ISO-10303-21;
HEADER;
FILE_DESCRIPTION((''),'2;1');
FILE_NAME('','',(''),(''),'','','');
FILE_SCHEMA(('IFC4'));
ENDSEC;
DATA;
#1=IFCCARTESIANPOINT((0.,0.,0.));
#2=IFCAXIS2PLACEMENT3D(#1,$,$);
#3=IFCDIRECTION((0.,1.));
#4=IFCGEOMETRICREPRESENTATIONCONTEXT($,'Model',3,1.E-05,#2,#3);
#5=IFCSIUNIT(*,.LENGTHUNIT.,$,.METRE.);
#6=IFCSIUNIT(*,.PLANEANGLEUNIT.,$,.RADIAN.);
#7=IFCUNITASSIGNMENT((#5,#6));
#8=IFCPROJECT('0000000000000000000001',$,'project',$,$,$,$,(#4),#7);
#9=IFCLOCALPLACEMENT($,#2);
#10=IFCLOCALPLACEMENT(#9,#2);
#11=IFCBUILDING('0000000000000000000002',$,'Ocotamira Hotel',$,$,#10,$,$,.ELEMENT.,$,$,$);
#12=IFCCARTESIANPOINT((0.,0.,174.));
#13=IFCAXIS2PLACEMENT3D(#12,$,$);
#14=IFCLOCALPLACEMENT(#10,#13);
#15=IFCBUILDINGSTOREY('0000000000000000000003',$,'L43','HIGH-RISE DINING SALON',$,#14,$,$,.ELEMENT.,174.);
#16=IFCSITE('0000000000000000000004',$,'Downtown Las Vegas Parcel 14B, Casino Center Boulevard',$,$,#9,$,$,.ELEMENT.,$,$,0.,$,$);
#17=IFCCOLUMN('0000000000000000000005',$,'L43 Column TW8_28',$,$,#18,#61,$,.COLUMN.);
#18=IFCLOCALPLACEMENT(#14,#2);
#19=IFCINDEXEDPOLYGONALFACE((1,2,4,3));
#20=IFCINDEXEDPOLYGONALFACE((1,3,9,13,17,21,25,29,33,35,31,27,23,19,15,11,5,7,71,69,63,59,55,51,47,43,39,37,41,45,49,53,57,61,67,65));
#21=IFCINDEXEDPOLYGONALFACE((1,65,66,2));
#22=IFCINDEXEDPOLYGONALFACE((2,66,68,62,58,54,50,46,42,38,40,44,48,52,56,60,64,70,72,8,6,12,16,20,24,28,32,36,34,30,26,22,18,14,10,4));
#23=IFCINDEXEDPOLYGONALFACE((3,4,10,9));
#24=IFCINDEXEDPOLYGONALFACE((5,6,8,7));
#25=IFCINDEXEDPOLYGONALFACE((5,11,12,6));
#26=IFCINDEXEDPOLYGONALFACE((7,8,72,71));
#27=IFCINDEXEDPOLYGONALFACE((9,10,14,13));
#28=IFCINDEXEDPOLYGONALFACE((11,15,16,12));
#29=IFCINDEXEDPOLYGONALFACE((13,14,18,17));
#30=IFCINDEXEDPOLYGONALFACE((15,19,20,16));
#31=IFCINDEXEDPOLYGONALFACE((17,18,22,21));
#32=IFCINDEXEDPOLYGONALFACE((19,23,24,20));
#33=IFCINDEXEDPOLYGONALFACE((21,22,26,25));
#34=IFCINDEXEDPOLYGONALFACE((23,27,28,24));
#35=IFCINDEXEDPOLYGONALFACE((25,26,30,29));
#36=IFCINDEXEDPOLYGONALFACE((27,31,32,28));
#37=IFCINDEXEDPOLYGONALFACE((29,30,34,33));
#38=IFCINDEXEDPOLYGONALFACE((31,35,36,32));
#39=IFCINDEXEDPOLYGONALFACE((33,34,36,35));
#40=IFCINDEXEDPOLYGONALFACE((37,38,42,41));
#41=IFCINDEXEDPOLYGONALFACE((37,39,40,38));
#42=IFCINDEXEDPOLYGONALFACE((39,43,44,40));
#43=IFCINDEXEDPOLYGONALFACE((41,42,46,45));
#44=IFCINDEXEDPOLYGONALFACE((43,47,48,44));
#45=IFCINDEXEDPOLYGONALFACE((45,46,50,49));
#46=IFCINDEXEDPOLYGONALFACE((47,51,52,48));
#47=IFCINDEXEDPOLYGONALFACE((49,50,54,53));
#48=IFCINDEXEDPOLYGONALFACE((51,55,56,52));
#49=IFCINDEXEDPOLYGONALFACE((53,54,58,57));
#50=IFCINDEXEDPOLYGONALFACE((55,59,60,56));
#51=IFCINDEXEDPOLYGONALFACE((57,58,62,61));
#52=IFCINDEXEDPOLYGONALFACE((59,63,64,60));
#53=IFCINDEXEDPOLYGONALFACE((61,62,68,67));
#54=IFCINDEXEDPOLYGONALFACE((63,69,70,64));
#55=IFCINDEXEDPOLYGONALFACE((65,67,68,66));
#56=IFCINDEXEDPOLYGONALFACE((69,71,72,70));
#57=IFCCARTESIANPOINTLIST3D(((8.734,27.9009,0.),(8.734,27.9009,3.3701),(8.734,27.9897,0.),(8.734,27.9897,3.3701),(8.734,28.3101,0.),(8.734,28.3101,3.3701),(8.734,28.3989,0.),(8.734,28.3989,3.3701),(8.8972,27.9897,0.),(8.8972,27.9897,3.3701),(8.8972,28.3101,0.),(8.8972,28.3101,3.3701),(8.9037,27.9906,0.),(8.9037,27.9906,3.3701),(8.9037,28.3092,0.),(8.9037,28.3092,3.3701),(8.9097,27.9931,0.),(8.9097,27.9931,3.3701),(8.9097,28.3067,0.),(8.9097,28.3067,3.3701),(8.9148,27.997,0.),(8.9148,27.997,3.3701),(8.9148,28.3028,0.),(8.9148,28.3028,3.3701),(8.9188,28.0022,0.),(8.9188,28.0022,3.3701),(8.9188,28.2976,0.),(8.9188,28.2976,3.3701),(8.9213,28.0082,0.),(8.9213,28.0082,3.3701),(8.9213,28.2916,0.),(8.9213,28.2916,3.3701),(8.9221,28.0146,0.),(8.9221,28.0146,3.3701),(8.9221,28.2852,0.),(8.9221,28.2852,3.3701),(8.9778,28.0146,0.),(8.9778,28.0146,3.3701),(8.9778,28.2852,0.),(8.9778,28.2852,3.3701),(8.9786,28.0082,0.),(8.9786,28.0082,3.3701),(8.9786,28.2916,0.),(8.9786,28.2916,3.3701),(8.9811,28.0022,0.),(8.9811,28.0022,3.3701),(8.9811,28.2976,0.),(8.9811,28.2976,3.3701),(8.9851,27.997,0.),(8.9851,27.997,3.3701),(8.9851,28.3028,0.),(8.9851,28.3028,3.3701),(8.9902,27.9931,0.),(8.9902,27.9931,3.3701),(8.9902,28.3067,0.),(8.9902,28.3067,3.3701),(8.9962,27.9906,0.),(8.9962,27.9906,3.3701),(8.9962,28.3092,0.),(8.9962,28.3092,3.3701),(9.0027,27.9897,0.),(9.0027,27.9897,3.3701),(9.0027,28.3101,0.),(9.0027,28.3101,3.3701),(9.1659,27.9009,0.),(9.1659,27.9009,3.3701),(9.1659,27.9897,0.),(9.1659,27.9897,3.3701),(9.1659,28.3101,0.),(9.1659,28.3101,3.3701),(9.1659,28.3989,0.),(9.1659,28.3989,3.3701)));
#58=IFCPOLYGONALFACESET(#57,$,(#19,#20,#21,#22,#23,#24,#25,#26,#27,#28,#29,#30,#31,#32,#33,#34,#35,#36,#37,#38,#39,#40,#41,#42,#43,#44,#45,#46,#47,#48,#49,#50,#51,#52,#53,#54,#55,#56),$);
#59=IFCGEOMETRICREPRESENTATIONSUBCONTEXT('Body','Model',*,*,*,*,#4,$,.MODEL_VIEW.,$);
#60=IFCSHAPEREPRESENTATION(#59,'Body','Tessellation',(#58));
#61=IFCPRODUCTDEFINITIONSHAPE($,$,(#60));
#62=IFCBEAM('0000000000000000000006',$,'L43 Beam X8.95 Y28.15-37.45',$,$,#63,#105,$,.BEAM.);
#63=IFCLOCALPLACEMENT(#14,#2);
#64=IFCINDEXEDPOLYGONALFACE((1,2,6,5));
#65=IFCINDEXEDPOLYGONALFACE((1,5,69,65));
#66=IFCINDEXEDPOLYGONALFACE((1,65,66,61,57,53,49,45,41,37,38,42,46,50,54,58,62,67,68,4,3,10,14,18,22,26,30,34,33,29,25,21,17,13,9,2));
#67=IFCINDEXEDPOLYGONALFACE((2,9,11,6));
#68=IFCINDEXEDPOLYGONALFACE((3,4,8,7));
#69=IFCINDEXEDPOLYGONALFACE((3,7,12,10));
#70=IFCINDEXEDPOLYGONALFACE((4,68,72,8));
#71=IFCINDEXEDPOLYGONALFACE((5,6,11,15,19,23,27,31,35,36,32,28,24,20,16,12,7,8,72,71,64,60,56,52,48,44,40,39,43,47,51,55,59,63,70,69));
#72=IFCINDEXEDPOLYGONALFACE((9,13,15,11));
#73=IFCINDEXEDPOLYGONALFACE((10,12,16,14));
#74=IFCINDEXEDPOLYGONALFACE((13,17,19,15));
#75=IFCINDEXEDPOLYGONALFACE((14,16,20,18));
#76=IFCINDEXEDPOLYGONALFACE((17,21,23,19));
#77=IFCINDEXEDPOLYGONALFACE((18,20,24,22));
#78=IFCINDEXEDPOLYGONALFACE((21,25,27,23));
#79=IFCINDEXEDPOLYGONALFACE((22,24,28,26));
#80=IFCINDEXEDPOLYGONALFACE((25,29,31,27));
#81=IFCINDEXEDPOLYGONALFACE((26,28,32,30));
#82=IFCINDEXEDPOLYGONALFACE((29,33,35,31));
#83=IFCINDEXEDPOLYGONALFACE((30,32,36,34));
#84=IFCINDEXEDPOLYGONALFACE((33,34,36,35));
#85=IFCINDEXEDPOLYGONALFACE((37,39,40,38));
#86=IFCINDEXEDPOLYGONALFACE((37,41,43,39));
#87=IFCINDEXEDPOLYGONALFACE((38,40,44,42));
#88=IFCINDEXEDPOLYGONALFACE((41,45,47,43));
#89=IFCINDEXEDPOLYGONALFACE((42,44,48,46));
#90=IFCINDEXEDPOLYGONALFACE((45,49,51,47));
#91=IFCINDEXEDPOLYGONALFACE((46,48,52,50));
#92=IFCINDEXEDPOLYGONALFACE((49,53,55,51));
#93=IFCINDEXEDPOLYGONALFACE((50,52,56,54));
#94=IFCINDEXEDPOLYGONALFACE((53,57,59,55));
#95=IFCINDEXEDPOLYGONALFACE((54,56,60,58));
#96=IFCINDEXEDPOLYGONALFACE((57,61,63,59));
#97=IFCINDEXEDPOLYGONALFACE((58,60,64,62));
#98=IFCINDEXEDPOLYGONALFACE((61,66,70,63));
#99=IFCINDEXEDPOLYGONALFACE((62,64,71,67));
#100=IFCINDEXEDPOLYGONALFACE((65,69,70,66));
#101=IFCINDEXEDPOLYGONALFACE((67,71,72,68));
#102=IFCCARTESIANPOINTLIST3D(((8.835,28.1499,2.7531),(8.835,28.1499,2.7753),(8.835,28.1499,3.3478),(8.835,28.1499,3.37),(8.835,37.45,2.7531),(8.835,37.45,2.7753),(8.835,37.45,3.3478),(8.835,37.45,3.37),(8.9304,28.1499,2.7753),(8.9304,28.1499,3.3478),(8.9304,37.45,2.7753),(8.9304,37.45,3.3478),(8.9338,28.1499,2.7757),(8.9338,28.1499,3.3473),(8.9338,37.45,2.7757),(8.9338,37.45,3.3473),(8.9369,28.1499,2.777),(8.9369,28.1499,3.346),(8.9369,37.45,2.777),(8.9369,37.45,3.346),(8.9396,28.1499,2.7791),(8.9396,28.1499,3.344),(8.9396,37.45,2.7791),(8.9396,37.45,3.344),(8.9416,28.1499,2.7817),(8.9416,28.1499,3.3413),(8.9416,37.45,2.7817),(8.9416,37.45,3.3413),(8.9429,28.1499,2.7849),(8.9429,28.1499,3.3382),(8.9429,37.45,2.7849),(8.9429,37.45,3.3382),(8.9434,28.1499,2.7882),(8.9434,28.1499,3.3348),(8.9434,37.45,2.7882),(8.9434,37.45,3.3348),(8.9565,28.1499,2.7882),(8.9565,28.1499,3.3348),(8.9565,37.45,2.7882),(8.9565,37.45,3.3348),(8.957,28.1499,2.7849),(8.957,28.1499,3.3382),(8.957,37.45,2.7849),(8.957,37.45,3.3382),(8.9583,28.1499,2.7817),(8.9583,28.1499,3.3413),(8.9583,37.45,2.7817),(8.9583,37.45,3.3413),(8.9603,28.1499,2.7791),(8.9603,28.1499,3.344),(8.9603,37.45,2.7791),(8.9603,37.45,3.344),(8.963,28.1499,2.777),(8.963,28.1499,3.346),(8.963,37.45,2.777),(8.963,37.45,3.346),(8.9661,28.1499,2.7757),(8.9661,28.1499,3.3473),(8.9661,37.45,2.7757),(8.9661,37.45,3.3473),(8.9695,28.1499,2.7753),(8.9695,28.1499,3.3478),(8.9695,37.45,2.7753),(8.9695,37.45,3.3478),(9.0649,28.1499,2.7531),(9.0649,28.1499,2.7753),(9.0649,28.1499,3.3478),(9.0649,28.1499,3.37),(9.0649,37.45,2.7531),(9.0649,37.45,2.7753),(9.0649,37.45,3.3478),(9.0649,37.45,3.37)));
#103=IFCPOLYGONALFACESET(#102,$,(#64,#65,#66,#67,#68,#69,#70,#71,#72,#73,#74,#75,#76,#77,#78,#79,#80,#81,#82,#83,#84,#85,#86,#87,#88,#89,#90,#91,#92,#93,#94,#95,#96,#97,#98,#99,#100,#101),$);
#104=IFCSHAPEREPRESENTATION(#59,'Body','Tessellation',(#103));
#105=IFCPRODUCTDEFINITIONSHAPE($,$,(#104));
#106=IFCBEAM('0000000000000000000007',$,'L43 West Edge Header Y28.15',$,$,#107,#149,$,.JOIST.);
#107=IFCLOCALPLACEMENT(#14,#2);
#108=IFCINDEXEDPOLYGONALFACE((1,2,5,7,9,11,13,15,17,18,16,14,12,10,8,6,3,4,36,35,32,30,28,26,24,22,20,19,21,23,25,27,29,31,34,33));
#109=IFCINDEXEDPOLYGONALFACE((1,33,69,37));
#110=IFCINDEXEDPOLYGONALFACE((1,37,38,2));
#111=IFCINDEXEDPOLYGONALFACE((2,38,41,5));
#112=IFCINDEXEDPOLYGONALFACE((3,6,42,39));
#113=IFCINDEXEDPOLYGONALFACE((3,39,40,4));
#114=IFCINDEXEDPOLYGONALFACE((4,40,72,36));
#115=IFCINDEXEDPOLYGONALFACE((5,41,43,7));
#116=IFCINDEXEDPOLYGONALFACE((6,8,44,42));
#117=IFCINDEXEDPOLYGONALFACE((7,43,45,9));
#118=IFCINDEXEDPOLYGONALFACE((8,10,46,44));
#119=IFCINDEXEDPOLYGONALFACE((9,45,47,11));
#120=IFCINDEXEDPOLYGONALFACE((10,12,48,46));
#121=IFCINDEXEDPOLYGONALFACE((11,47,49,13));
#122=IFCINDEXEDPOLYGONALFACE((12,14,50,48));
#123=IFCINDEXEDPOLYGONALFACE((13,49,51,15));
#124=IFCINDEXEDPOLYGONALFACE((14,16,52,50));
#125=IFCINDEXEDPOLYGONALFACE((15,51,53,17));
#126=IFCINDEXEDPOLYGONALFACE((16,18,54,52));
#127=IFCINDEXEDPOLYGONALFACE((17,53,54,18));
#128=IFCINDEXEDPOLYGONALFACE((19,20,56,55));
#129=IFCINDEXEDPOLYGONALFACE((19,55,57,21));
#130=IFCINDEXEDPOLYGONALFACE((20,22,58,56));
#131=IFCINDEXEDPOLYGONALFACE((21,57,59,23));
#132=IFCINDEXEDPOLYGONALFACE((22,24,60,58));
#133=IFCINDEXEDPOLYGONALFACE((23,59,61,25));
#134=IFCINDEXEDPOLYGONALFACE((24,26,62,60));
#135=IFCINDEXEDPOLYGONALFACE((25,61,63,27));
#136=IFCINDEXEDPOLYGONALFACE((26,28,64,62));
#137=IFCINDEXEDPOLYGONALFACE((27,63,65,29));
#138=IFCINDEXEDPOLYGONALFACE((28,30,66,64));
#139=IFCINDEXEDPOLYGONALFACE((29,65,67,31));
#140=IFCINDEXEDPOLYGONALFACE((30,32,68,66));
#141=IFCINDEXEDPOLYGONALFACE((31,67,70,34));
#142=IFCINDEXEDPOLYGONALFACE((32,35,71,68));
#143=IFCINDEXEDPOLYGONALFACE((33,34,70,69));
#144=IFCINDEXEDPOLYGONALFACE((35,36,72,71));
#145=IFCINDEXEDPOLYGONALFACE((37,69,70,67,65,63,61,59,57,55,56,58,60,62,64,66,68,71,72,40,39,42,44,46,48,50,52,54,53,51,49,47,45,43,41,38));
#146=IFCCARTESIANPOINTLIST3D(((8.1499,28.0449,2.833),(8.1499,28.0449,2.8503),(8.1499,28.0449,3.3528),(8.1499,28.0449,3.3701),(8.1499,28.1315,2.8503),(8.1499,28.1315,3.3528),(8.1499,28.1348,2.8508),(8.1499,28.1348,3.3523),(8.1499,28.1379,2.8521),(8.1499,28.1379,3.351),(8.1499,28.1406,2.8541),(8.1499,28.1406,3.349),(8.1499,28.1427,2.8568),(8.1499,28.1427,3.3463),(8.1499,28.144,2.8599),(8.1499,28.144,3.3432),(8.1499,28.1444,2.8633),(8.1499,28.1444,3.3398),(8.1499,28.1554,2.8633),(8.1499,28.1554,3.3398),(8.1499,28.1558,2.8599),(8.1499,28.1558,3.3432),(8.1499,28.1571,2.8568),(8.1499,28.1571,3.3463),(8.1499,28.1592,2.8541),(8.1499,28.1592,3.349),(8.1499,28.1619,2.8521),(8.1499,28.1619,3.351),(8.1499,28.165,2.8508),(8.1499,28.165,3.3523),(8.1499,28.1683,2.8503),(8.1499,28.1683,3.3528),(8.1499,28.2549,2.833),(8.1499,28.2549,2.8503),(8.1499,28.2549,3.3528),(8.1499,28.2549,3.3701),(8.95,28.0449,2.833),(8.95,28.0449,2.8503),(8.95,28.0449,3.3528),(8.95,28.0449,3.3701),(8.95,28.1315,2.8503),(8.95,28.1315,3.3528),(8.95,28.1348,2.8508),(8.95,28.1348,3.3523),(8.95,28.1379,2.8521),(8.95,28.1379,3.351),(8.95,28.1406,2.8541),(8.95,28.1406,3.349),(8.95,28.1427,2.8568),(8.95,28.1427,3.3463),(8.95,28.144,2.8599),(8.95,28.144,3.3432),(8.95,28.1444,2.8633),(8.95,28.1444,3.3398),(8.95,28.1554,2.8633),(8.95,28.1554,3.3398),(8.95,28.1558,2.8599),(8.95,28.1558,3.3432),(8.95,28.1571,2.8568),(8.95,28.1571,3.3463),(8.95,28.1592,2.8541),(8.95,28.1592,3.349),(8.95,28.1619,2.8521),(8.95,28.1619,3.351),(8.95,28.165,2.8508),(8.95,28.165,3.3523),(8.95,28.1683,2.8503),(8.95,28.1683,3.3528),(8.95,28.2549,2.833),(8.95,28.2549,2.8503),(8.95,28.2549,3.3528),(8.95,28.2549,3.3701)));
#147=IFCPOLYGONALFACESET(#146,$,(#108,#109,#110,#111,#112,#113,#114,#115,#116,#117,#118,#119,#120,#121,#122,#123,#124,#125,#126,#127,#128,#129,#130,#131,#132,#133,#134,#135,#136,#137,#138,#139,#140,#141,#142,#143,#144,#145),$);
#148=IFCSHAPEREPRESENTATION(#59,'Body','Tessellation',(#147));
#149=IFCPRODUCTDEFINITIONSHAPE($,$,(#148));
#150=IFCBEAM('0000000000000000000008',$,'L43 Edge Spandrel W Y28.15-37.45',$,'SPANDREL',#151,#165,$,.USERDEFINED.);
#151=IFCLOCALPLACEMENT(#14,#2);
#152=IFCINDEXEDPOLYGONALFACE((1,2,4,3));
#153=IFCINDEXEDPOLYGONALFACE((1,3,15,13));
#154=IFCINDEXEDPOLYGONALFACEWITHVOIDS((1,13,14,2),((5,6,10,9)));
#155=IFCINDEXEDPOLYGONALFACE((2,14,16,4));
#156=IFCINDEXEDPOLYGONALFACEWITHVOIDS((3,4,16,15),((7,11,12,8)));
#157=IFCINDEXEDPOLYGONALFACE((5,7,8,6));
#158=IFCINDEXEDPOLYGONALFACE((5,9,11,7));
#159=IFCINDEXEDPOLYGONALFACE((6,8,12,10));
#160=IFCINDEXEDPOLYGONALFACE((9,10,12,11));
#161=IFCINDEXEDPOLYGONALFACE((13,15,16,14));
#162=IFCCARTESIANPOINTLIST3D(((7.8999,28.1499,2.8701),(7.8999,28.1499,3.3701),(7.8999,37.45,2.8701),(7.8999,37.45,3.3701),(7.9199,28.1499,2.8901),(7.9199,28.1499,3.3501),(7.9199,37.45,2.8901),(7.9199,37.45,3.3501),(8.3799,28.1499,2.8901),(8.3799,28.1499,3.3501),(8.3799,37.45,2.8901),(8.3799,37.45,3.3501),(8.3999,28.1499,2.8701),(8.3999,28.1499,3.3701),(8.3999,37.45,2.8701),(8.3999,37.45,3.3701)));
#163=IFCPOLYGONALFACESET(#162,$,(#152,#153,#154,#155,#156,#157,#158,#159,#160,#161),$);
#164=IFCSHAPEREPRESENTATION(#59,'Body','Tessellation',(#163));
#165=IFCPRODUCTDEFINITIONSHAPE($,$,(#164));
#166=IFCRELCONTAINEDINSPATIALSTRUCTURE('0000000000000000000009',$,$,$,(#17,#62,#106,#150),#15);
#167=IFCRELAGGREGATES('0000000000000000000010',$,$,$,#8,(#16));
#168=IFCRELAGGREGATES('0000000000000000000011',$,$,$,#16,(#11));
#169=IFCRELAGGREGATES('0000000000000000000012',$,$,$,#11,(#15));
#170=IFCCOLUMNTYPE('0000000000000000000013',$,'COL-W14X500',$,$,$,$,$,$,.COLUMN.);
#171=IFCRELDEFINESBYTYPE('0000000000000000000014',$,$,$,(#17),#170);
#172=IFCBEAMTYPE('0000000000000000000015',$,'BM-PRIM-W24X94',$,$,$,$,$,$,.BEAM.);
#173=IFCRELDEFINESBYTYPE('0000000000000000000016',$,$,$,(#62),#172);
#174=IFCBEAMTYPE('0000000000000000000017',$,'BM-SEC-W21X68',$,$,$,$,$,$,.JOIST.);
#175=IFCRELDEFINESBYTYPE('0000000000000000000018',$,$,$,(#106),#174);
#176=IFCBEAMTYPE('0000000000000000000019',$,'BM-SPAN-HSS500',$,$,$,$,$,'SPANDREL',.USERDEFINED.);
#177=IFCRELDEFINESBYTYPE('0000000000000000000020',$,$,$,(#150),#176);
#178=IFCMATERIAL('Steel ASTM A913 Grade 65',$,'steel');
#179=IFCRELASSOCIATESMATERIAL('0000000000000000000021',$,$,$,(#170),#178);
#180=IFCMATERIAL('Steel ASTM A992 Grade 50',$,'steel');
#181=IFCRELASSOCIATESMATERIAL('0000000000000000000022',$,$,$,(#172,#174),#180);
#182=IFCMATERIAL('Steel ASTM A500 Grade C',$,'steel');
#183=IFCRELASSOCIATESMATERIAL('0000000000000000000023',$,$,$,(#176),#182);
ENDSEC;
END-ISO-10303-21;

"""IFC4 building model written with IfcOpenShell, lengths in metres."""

from ifc_helpers import new_model, si_unit, direction, frame, origin, origin_2d, place, context, subcontext, project, spatial, hollow_rectangle, i_section, extrude, source, transform, mapped, material, material_profile, profile_set, type_object, element, save


model = new_model("IFC4")

# Units and contexts
model_context = context("Model", 3, precision=1e-05, world=origin(), true_north=direction((0.0, 1.0)))
body_context = subcontext(model_context, "Body", "Model", "MODEL_VIEW")
ifc_project = project(units=[si_unit("LENGTHUNIT", "METRE"), si_unit("PLANEANGLEUNIT", "RADIAN")], contexts=[model_context])

# Site, building, storey
site_placement = place(None, origin())
site = spatial("IfcSite", under=ifc_project, at=site_placement, Name="Downtown Las Vegas Parcel 14B, Casino Center Boulevard", CompositionType="ELEMENT", RefElevation=0.0)
building_placement = place(site_placement, origin())
building = spatial("IfcBuilding", under=site, at=building_placement, Name="Ocotamira Hotel", CompositionType="ELEMENT")
storey_placement = place(building_placement, frame((0.0, 0.0, 174.0)))
storey = spatial("IfcBuildingStorey", under=building, at=storey_placement, Name="L43", Description="HIGH-RISE DINING SALON", CompositionType="ELEMENT", Elevation=174.0)

# Column
ifc_material_1 = material(Name="Steel ASTM A913 Grade 65", Category="steel")
ifc_material_profile_1 = material_profile(ifc_material_1, i_section(OverallWidth=0.4319, OverallDepth=0.498, WebThickness=0.0557, FlangeThickness=0.0889, FilletRadius=0.0249, at=origin_2d()), Name="W14X500")
ifc_profile_set_1 = profile_set([ifc_material_profile_1], Name="Steel ASTM A913 Grade 65")
column_type = type_object("IfcColumnType", Name="COL-W14X500", PredefinedType="COLUMN", material=ifc_profile_set_1)
shared_shape_1 = source(origin(), body_context, "Body", "SweptSolid", [
    extrude(i_section(OverallWidth=0.4319, OverallDepth=0.498, WebThickness=0.0557, FlangeThickness=0.0889, FilletRadius=0.0249, at=origin_2d()), origin(), (0.0, 0.0, 1.0), 3.3701),
])
column_placement = place(storey_placement, frame((8.95, 28.1499, 0.0), z_axis=(0.0, 0.0, 1.0), x_axis=(1.0, 0.0, 0.0)))
element("IfcColumn", 1, at=column_placement, inside=storey, type_object=column_type, Name="L43 Column TW8_28", PredefinedType="COLUMN", context=body_context, shape_type="MappedRepresentation", body=[
    mapped(shared_shape_1, transform((0.0, 0.0, 0.0), scale=1.0)),
])

# Beams
ifc_material_2 = material(Name="Steel ASTM A992 Grade 50", Category="steel")
ifc_material_profile_2 = material_profile(ifc_material_2, i_section(OverallWidth=0.23, OverallDepth=0.6169, WebThickness=0.0132, FlangeThickness=0.0222, FilletRadius=0.0129, at=origin_2d()), Name="W24X94")
ifc_profile_set_2 = profile_set([ifc_material_profile_2], Name="Steel ASTM A992 Grade 50")
beam_type_1 = type_object("IfcBeamType", Name="BM-PRIM-W24X94", PredefinedType="BEAM", material=ifc_profile_set_2)
shared_shape_2 = source(origin(), body_context, "Body", "SweptSolid", [
    extrude(i_section(OverallWidth=0.23, OverallDepth=0.6169, WebThickness=0.0132, FlangeThickness=0.0222, FilletRadius=0.0129, at=origin_2d()), origin(), (0.0, 0.0, 1.0), 9.3),
])
beam_1_placement = place(storey_placement, frame((8.95, 28.1499, 3.0615), z_axis=(0.0, 1.0, 0.0), x_axis=(-1.0, 0.0, 0.0)))
element("IfcBeam", 2, at=beam_1_placement, inside=storey, type_object=beam_type_1, Name="L43 Beam X8.95 Y28.15-37.45", PredefinedType="BEAM", context=body_context, shape_type="MappedRepresentation", body=[
    mapped(shared_shape_2, transform((0.0, 0.0, 0.0), scale=1.0)),
])
ifc_material_profile_3 = material_profile(ifc_material_2, i_section(OverallWidth=0.21, OverallDepth=0.5371, WebThickness=0.011, FlangeThickness=0.0173, FilletRadius=0.0129, at=origin_2d()), Name="W21X68")
ifc_profile_set_3 = profile_set([ifc_material_profile_3], Name="Steel ASTM A992 Grade 50")
beam_type_2 = type_object("IfcBeamType", Name="BM-SEC-W21X68", PredefinedType="JOIST", material=ifc_profile_set_3)
shared_shape_3 = source(origin(), body_context, "Body", "SweptSolid", [
    extrude(i_section(OverallWidth=0.21, OverallDepth=0.5371, WebThickness=0.011, FlangeThickness=0.0173, FilletRadius=0.0129, at=origin_2d()), origin(), (0.0, 0.0, 1.0), 0.8),
])
beam_2_placement = place(storey_placement, frame((8.95, 28.1499, 3.1016), z_axis=(-1.0, 0.0, 0.0), x_axis=(0.0, -1.0, 0.0)))
element("IfcBeam", 3, at=beam_2_placement, inside=storey, type_object=beam_type_2, Name="L43 West Edge Header Y28.15", PredefinedType="JOIST", context=body_context, shape_type="MappedRepresentation", body=[
    mapped(shared_shape_3, transform((0.0, 0.0, 0.0), scale=1.0)),
])
ifc_material_3 = material(Name="Steel ASTM A500 Grade C", Category="steel")
ifc_material_profile_4 = material_profile(ifc_material_3, hollow_rectangle(XDim=0.5, YDim=0.5, WallThickness=0.02, at=origin_2d()), Name="HSS500X500X20")
ifc_profile_set_4 = profile_set([ifc_material_profile_4], Name="Steel ASTM A500 Grade C")
beam_type_3 = type_object("IfcBeamType", Name="BM-SPAN-HSS500", ElementType="SPANDREL", PredefinedType="USERDEFINED", material=ifc_profile_set_4)
shared_shape_4 = source(origin(), body_context, "Body", "SweptSolid", [
    extrude(hollow_rectangle(XDim=0.5, YDim=0.5, WallThickness=0.02, at=origin_2d()), origin(), (0.0, 0.0, 1.0), 9.3),
])
beam_3_placement = place(storey_placement, frame((8.1499, 28.1499, 3.1201), z_axis=(0.0, 1.0, 0.0), x_axis=(-1.0, 0.0, 0.0)))
element("IfcBeam", 4, at=beam_3_placement, inside=storey, type_object=beam_type_3, Name="L43 Edge Spandrel W Y28.15-37.45", ObjectType="SPANDREL", PredefinedType="USERDEFINED", context=body_context, shape_type="MappedRepresentation", body=[
    mapped(shared_shape_4, transform((0.0, 0.0, 0.0), scale=1.0)),
])

save(model, "model.ifc")
